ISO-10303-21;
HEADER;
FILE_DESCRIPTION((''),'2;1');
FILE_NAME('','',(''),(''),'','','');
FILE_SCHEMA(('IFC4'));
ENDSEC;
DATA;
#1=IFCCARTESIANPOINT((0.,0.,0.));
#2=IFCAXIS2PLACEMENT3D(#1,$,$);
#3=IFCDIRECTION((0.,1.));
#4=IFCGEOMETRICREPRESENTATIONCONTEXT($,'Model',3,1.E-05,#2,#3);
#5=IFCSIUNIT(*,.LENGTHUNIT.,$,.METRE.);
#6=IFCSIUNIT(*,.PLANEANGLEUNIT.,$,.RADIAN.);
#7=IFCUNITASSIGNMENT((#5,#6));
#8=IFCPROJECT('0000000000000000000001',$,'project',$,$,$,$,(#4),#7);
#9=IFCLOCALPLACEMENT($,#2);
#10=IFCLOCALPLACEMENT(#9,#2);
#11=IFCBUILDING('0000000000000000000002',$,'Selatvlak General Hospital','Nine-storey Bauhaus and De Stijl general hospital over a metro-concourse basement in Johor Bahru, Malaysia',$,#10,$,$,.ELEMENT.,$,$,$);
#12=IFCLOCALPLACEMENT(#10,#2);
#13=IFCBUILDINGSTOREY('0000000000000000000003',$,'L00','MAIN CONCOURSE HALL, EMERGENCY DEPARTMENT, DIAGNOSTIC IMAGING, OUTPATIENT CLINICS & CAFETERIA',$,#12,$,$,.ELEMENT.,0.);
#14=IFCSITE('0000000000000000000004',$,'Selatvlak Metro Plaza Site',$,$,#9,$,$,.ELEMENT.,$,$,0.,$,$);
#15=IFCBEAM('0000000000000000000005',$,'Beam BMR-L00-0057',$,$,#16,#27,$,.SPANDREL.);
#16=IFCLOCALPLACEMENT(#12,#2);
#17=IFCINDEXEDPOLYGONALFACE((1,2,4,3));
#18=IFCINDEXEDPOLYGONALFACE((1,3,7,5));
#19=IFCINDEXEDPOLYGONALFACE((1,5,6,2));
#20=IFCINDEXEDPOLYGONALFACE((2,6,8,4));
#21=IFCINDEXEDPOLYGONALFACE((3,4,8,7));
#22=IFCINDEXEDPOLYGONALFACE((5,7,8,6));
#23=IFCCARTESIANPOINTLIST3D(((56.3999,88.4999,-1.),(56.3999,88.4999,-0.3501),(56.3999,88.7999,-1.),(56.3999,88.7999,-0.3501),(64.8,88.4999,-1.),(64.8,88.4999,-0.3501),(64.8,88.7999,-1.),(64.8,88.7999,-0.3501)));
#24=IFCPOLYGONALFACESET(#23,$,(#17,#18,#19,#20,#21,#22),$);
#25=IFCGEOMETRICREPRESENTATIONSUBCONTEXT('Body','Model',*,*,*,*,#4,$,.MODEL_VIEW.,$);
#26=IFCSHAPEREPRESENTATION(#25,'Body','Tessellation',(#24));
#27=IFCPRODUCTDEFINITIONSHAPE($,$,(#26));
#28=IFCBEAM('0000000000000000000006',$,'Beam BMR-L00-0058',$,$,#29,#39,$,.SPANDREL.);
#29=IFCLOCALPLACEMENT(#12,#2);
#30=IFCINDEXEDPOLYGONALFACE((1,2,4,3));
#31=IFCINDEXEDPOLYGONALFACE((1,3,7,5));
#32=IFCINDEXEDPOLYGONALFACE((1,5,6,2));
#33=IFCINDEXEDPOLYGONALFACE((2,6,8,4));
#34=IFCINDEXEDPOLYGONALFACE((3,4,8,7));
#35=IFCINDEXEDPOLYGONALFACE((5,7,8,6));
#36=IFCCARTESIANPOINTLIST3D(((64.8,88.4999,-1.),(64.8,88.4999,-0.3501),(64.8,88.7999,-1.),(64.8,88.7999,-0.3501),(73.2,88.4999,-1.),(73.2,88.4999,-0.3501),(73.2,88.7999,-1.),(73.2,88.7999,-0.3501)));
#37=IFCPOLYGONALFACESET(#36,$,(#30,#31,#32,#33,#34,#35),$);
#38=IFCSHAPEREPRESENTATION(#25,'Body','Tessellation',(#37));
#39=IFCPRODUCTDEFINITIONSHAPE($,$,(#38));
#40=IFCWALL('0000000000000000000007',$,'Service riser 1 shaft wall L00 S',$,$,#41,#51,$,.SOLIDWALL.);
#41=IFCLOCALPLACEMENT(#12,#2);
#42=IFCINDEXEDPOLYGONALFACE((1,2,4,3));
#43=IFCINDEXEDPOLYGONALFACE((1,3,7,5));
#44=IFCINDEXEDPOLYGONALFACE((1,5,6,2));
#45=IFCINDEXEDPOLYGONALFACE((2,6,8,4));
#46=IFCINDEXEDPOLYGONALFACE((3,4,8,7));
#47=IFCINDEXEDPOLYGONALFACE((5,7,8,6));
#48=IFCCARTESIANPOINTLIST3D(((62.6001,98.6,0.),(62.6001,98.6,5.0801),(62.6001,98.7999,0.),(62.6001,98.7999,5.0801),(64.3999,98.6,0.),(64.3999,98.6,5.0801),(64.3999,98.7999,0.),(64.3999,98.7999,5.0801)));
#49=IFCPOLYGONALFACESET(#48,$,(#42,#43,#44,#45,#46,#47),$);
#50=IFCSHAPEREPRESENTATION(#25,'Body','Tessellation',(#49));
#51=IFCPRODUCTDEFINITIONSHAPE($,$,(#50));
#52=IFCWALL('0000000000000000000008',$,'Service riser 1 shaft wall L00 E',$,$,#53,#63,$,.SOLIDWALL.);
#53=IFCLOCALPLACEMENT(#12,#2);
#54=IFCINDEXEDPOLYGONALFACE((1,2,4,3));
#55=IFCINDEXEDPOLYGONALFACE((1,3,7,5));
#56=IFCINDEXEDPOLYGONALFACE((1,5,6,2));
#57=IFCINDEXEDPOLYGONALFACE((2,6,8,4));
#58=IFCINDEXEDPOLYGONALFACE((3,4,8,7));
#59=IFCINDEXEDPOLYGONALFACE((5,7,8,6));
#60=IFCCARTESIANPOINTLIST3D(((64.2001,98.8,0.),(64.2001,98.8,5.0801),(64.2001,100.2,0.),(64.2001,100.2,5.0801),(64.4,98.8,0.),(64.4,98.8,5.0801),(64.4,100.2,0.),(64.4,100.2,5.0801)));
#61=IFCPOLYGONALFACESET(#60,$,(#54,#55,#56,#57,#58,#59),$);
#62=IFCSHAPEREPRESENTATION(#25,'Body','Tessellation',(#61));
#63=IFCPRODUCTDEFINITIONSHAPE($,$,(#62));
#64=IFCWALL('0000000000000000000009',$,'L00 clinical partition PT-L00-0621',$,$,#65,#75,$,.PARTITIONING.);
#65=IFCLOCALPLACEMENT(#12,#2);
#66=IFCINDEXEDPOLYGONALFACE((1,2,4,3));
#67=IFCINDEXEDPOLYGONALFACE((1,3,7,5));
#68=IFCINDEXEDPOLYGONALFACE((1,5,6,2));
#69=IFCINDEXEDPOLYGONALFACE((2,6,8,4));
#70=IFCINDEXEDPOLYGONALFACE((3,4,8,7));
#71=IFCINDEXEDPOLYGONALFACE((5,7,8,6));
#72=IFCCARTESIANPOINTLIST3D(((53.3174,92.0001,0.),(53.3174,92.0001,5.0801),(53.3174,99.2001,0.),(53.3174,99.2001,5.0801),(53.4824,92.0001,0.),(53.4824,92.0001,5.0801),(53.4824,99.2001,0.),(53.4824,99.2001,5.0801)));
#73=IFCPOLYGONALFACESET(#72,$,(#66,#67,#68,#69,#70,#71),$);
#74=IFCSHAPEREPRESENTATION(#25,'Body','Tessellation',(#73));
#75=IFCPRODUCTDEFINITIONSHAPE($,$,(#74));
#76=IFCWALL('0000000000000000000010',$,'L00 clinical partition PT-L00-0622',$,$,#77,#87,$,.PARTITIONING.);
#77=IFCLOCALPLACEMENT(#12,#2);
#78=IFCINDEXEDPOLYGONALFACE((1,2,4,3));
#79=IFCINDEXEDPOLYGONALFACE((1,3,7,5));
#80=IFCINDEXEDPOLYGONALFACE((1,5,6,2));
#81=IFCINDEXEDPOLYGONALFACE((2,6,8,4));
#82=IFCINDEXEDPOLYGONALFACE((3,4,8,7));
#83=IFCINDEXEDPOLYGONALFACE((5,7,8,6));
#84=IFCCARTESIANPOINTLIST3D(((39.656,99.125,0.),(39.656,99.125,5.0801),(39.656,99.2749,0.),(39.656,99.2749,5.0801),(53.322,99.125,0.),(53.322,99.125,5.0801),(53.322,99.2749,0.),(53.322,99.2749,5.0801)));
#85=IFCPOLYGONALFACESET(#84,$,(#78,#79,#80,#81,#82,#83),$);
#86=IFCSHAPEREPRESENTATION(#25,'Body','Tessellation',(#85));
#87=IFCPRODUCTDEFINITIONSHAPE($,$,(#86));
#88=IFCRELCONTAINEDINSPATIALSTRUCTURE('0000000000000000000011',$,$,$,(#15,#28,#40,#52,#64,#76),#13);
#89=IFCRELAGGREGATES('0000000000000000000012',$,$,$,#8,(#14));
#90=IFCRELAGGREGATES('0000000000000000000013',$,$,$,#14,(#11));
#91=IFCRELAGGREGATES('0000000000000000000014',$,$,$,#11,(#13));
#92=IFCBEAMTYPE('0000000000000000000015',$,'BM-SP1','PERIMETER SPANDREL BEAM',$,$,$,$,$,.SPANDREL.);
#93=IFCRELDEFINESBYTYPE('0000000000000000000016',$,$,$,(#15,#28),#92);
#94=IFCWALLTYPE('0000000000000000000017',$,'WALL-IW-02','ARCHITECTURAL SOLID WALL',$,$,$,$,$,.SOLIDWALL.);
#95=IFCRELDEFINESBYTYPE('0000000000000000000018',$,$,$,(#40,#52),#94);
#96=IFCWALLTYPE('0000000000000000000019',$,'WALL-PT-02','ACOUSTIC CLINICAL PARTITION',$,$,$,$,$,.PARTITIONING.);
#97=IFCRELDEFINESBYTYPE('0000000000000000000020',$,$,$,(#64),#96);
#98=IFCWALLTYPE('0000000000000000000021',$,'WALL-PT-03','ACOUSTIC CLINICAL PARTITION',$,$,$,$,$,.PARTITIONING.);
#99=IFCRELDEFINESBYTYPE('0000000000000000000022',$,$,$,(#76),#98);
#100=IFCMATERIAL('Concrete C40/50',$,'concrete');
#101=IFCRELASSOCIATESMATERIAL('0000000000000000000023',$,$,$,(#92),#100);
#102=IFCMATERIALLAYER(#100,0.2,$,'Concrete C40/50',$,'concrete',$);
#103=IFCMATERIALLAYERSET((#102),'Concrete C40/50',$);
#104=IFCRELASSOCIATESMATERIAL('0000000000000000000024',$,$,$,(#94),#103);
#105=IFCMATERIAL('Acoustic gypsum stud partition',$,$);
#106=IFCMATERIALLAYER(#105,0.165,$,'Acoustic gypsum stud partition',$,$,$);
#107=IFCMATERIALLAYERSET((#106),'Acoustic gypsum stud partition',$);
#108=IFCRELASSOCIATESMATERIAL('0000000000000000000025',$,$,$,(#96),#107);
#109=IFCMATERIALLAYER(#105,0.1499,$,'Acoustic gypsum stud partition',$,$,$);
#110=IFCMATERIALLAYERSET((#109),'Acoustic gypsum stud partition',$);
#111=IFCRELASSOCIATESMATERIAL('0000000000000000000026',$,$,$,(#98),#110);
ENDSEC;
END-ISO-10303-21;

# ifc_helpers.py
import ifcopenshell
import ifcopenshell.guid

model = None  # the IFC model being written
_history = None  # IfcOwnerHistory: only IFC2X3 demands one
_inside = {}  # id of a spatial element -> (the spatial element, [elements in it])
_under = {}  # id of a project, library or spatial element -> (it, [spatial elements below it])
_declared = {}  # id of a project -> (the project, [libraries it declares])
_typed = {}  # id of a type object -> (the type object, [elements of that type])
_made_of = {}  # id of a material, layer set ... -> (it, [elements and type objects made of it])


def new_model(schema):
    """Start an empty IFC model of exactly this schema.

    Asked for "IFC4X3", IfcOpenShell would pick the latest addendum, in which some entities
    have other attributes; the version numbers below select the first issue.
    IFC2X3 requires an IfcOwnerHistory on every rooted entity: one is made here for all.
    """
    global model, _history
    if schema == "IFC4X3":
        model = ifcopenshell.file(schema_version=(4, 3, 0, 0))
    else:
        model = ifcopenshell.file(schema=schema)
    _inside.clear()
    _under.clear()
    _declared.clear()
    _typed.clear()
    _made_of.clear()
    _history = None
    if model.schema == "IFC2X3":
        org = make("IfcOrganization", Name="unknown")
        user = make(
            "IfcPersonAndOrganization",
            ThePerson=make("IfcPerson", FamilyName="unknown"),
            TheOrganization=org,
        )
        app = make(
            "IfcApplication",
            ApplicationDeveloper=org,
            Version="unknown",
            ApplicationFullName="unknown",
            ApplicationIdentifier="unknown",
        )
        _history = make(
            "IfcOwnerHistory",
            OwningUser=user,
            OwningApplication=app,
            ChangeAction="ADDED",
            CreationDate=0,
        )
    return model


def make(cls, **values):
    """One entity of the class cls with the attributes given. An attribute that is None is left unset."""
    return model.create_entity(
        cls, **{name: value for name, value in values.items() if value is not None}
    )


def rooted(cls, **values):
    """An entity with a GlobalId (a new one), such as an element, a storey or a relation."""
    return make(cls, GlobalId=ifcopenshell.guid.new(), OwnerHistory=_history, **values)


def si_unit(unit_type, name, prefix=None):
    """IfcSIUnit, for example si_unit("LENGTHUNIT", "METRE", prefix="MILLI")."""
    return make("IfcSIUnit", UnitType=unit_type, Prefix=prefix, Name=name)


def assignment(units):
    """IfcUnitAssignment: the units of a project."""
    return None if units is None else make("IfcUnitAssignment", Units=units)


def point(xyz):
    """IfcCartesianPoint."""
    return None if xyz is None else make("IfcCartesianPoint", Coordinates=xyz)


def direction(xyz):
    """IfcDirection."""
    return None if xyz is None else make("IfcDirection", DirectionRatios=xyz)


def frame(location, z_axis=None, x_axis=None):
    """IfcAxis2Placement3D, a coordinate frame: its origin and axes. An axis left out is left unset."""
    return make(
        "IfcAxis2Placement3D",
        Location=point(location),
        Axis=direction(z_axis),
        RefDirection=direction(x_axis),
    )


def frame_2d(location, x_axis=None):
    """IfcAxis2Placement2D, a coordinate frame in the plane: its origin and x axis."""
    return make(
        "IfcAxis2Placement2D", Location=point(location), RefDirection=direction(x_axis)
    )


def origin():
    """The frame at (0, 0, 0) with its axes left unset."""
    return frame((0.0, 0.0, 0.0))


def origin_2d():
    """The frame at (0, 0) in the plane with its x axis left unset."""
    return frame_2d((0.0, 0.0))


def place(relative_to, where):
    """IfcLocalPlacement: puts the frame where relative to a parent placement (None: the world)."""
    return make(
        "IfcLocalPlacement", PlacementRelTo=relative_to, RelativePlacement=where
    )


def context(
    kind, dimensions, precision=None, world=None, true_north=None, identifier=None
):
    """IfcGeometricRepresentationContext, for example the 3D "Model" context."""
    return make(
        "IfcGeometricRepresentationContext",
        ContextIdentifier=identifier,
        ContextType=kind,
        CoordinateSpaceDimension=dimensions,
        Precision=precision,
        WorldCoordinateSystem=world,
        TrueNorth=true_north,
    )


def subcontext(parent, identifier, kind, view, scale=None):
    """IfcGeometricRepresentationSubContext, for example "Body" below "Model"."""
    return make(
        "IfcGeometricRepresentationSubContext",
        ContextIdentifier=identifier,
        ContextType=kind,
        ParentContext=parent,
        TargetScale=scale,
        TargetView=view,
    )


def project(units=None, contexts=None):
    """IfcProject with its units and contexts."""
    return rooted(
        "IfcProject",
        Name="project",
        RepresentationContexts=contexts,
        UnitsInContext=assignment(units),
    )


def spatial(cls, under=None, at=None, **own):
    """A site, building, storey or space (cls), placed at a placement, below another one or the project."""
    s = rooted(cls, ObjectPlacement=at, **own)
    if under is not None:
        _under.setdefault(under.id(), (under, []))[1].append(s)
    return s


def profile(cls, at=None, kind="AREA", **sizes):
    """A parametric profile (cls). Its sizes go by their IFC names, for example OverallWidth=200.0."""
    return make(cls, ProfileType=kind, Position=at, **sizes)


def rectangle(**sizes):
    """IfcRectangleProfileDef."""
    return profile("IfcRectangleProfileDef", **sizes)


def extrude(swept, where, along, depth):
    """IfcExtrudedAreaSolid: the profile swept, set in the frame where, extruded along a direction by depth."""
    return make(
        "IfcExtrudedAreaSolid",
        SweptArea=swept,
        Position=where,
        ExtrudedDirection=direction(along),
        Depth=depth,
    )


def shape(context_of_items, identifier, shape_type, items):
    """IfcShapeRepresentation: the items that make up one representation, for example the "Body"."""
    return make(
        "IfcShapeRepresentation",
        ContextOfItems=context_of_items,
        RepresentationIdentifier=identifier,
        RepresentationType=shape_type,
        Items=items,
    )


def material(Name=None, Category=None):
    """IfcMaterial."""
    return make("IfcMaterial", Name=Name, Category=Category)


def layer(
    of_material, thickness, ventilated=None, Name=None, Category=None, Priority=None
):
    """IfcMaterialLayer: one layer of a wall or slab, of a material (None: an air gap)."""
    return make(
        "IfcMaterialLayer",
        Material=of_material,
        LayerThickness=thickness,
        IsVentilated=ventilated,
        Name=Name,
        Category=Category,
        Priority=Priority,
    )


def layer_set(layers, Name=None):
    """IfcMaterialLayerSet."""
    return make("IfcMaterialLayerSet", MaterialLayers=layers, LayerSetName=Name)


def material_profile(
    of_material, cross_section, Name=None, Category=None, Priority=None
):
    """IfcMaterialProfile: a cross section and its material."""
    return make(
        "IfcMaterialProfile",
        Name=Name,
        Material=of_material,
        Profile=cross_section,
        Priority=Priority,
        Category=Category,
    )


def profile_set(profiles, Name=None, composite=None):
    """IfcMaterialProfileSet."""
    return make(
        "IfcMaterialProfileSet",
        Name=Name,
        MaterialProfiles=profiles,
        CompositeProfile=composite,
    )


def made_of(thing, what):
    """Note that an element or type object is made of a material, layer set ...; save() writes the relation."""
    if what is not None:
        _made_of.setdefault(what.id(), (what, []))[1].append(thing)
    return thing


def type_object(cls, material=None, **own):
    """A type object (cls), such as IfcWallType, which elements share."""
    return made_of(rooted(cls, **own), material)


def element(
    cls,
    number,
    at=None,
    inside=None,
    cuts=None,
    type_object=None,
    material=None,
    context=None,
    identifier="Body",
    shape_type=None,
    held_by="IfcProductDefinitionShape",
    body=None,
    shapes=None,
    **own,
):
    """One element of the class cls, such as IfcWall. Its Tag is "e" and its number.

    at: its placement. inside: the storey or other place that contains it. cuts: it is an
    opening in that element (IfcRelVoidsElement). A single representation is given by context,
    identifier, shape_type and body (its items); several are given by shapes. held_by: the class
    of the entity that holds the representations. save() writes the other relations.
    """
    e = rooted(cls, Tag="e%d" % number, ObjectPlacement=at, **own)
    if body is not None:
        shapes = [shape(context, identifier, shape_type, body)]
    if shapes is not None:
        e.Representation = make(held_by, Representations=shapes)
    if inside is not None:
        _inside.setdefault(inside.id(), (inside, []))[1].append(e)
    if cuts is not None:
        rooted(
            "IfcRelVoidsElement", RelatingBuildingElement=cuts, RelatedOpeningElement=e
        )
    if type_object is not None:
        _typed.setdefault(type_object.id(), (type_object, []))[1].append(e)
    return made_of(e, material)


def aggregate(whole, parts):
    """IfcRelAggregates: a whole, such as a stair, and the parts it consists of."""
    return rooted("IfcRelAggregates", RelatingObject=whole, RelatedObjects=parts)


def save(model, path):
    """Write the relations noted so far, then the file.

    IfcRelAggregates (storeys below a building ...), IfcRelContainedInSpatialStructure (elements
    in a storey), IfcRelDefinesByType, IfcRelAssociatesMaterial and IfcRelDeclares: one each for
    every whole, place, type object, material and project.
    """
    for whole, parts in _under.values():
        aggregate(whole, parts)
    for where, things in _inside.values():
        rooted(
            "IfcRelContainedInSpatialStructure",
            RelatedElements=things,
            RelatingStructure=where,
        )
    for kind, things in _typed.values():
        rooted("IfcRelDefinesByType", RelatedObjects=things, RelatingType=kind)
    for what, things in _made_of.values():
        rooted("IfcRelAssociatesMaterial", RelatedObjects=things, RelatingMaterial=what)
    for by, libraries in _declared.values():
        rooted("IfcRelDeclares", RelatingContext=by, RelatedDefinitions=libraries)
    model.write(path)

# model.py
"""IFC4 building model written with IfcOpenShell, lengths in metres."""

from ifc_helpers import new_model, si_unit, direction, frame, frame_2d, origin, origin_2d, place, context, subcontext, project, spatial, rectangle, extrude, material, layer, layer_set, material_profile, profile_set, type_object, element, save


model = new_model("IFC4")

# Units and contexts
model_context = context("Model", 3, precision=1e-05, world=origin(), true_north=direction((0.0, 1.0)))
body_context = subcontext(model_context, "Body", "Model", "MODEL_VIEW")
ifc_project = project(units=[si_unit("LENGTHUNIT", "METRE"), si_unit("PLANEANGLEUNIT", "RADIAN")], contexts=[model_context])

# Site, building, storey
site_placement = place(None, origin())
site = spatial("IfcSite", under=ifc_project, at=site_placement, Name="Selatvlak Metro Plaza Site", CompositionType="ELEMENT", RefElevation=0.0)
building_placement = place(site_placement, origin())
building = spatial("IfcBuilding", under=site, at=building_placement, Name="Selatvlak General Hospital", Description="Nine-storey Bauhaus and De Stijl general hospital over a metro-concourse basement in Johor Bahru, Malaysia", CompositionType="ELEMENT")
storey_placement = place(building_placement, origin())
storey = spatial("IfcBuildingStorey", under=building, at=storey_placement, Name="L00", Description="MAIN CONCOURSE HALL, EMERGENCY DEPARTMENT, DIAGNOSTIC IMAGING, OUTPATIENT CLINICS & CAFETERIA", CompositionType="ELEMENT", Elevation=0.0)

# Beams
ifc_material_1 = material(Name="Concrete C40/50", Category="concrete")
ifc_material_profile_1 = material_profile(ifc_material_1, rectangle(XDim=0.3, YDim=0.6499, at=origin_2d()), Name="RC-SP 300x650")
ifc_profile_set_1 = profile_set([ifc_material_profile_1], Name="Concrete C40/50")
beam_type_1 = type_object("IfcBeamType", Name="BM-SP1", Description="PERIMETER SPANDREL BEAM", PredefinedType="SPANDREL", material=ifc_profile_set_1)
beam_1_placement = place(storey_placement, frame((56.3999, 88.6499, -0.675), z_axis=(1.0, 0.0, 0.0), x_axis=(0.0, 1.0, 0.0)))
element("IfcBeam", 1, at=beam_1_placement, inside=storey, type_object=beam_type_1, Name="Beam BMR-L00-0057", PredefinedType="SPANDREL", context=body_context, shape_type="SweptSolid", body=[
    extrude(rectangle(XDim=0.3, YDim=0.6499, at=origin_2d()), origin(), (0.0, 0.0, 1.0), 8.4001),
])
beam_2_placement = place(storey_placement, frame((64.8, 88.6499, -0.675), z_axis=(1.0, 0.0, 0.0), x_axis=(0.0, 1.0, 0.0)))
element("IfcBeam", 2, at=beam_2_placement, inside=storey, type_object=beam_type_1, Name="Beam BMR-L00-0058", PredefinedType="SPANDREL", context=body_context, shape_type="SweptSolid", body=[
    extrude(rectangle(XDim=0.3, YDim=0.6499, at=origin_2d()), origin(), (0.0, 0.0, 1.0), 8.3999),
])

# Walls
ifc_layer_1 = layer(ifc_material_1, 0.2, Name="Concrete C40/50", Category="concrete")
ifc_layer_set_1 = layer_set([ifc_layer_1], Name="Concrete C40/50")
wall_type_1 = type_object("IfcWallType", Name="WALL-IW-02", Description="ARCHITECTURAL SOLID WALL", PredefinedType="SOLIDWALL", material=ifc_layer_set_1)
wall_1_placement = place(storey_placement, frame((62.6001, 98.7, 0.0), z_axis=(0.0, 0.0, 1.0), x_axis=(1.0, 0.0, 0.0)))
element("IfcWall", 3, at=wall_1_placement, inside=storey, type_object=wall_type_1, Name="Service riser 1 shaft wall L00 S", PredefinedType="SOLIDWALL", context=body_context, shape_type="SweptSolid", body=[
    extrude(rectangle(XDim=1.7998, YDim=0.2, at=frame_2d((0.8999, 0.0))), origin(), (0.0, 0.0, 1.0), 5.0801),
])
wall_2_placement = place(storey_placement, frame((64.3, 98.8, 0.0), z_axis=(0.0, 0.0, 1.0), x_axis=(0.0, 1.0, 0.0)))
element("IfcWall", 4, at=wall_2_placement, inside=storey, type_object=wall_type_1, Name="Service riser 1 shaft wall L00 E", PredefinedType="SOLIDWALL", context=body_context, shape_type="SweptSolid", body=[
    extrude(rectangle(XDim=1.3999, YDim=0.2, at=frame_2d((0.7, 0.0))), origin(), (0.0, 0.0, 1.0), 5.0801),
])
ifc_material_2 = material(Name="Acoustic gypsum stud partition")
ifc_layer_2 = layer(ifc_material_2, 0.165, Name="Acoustic gypsum stud partition")
ifc_layer_set_2 = layer_set([ifc_layer_2], Name="Acoustic gypsum stud partition")
wall_type_2 = type_object("IfcWallType", Name="WALL-PT-02", Description="ACOUSTIC CLINICAL PARTITION", PredefinedType="PARTITIONING", material=ifc_layer_set_2)
wall_3_placement = place(storey_placement, frame((53.3999, 92.0, 0.0), z_axis=(0.0, 0.0, 1.0), x_axis=(0.0, 1.0, 0.0)))
element("IfcWall", 5, at=wall_3_placement, inside=storey, type_object=wall_type_2, Name="L00 clinical partition PT-L00-0621", PredefinedType="PARTITIONING", context=body_context, shape_type="SweptSolid", body=[
    extrude(rectangle(XDim=7.2, YDim=0.165, at=frame_2d((3.6001, 0.0))), origin(), (0.0, 0.0, 1.0), 5.0801),
])
ifc_layer_3 = layer(ifc_material_2, 0.1499, Name="Acoustic gypsum stud partition")
ifc_layer_set_3 = layer_set([ifc_layer_3], Name="Acoustic gypsum stud partition")
wall_type_3 = type_object("IfcWallType", Name="WALL-PT-03", Description="ACOUSTIC CLINICAL PARTITION", PredefinedType="PARTITIONING", material=ifc_layer_set_3)
wall_4_placement = place(storey_placement, frame((53.322, 99.2, 0.0), z_axis=(0.0, 0.0, 1.0), x_axis=(-1.0, 0.0, 0.0)))
element("IfcWall", 6, at=wall_4_placement, inside=storey, type_object=wall_type_3, Name="L00 clinical partition PT-L00-0622", PredefinedType="PARTITIONING", context=body_context, shape_type="SweptSolid", body=[
    extrude(rectangle(XDim=13.666, YDim=0.1499, at=frame_2d((6.833, 0.0))), origin(), (0.0, 0.0, 1.0), 5.0801),
])

save(model, "model.ifc")
